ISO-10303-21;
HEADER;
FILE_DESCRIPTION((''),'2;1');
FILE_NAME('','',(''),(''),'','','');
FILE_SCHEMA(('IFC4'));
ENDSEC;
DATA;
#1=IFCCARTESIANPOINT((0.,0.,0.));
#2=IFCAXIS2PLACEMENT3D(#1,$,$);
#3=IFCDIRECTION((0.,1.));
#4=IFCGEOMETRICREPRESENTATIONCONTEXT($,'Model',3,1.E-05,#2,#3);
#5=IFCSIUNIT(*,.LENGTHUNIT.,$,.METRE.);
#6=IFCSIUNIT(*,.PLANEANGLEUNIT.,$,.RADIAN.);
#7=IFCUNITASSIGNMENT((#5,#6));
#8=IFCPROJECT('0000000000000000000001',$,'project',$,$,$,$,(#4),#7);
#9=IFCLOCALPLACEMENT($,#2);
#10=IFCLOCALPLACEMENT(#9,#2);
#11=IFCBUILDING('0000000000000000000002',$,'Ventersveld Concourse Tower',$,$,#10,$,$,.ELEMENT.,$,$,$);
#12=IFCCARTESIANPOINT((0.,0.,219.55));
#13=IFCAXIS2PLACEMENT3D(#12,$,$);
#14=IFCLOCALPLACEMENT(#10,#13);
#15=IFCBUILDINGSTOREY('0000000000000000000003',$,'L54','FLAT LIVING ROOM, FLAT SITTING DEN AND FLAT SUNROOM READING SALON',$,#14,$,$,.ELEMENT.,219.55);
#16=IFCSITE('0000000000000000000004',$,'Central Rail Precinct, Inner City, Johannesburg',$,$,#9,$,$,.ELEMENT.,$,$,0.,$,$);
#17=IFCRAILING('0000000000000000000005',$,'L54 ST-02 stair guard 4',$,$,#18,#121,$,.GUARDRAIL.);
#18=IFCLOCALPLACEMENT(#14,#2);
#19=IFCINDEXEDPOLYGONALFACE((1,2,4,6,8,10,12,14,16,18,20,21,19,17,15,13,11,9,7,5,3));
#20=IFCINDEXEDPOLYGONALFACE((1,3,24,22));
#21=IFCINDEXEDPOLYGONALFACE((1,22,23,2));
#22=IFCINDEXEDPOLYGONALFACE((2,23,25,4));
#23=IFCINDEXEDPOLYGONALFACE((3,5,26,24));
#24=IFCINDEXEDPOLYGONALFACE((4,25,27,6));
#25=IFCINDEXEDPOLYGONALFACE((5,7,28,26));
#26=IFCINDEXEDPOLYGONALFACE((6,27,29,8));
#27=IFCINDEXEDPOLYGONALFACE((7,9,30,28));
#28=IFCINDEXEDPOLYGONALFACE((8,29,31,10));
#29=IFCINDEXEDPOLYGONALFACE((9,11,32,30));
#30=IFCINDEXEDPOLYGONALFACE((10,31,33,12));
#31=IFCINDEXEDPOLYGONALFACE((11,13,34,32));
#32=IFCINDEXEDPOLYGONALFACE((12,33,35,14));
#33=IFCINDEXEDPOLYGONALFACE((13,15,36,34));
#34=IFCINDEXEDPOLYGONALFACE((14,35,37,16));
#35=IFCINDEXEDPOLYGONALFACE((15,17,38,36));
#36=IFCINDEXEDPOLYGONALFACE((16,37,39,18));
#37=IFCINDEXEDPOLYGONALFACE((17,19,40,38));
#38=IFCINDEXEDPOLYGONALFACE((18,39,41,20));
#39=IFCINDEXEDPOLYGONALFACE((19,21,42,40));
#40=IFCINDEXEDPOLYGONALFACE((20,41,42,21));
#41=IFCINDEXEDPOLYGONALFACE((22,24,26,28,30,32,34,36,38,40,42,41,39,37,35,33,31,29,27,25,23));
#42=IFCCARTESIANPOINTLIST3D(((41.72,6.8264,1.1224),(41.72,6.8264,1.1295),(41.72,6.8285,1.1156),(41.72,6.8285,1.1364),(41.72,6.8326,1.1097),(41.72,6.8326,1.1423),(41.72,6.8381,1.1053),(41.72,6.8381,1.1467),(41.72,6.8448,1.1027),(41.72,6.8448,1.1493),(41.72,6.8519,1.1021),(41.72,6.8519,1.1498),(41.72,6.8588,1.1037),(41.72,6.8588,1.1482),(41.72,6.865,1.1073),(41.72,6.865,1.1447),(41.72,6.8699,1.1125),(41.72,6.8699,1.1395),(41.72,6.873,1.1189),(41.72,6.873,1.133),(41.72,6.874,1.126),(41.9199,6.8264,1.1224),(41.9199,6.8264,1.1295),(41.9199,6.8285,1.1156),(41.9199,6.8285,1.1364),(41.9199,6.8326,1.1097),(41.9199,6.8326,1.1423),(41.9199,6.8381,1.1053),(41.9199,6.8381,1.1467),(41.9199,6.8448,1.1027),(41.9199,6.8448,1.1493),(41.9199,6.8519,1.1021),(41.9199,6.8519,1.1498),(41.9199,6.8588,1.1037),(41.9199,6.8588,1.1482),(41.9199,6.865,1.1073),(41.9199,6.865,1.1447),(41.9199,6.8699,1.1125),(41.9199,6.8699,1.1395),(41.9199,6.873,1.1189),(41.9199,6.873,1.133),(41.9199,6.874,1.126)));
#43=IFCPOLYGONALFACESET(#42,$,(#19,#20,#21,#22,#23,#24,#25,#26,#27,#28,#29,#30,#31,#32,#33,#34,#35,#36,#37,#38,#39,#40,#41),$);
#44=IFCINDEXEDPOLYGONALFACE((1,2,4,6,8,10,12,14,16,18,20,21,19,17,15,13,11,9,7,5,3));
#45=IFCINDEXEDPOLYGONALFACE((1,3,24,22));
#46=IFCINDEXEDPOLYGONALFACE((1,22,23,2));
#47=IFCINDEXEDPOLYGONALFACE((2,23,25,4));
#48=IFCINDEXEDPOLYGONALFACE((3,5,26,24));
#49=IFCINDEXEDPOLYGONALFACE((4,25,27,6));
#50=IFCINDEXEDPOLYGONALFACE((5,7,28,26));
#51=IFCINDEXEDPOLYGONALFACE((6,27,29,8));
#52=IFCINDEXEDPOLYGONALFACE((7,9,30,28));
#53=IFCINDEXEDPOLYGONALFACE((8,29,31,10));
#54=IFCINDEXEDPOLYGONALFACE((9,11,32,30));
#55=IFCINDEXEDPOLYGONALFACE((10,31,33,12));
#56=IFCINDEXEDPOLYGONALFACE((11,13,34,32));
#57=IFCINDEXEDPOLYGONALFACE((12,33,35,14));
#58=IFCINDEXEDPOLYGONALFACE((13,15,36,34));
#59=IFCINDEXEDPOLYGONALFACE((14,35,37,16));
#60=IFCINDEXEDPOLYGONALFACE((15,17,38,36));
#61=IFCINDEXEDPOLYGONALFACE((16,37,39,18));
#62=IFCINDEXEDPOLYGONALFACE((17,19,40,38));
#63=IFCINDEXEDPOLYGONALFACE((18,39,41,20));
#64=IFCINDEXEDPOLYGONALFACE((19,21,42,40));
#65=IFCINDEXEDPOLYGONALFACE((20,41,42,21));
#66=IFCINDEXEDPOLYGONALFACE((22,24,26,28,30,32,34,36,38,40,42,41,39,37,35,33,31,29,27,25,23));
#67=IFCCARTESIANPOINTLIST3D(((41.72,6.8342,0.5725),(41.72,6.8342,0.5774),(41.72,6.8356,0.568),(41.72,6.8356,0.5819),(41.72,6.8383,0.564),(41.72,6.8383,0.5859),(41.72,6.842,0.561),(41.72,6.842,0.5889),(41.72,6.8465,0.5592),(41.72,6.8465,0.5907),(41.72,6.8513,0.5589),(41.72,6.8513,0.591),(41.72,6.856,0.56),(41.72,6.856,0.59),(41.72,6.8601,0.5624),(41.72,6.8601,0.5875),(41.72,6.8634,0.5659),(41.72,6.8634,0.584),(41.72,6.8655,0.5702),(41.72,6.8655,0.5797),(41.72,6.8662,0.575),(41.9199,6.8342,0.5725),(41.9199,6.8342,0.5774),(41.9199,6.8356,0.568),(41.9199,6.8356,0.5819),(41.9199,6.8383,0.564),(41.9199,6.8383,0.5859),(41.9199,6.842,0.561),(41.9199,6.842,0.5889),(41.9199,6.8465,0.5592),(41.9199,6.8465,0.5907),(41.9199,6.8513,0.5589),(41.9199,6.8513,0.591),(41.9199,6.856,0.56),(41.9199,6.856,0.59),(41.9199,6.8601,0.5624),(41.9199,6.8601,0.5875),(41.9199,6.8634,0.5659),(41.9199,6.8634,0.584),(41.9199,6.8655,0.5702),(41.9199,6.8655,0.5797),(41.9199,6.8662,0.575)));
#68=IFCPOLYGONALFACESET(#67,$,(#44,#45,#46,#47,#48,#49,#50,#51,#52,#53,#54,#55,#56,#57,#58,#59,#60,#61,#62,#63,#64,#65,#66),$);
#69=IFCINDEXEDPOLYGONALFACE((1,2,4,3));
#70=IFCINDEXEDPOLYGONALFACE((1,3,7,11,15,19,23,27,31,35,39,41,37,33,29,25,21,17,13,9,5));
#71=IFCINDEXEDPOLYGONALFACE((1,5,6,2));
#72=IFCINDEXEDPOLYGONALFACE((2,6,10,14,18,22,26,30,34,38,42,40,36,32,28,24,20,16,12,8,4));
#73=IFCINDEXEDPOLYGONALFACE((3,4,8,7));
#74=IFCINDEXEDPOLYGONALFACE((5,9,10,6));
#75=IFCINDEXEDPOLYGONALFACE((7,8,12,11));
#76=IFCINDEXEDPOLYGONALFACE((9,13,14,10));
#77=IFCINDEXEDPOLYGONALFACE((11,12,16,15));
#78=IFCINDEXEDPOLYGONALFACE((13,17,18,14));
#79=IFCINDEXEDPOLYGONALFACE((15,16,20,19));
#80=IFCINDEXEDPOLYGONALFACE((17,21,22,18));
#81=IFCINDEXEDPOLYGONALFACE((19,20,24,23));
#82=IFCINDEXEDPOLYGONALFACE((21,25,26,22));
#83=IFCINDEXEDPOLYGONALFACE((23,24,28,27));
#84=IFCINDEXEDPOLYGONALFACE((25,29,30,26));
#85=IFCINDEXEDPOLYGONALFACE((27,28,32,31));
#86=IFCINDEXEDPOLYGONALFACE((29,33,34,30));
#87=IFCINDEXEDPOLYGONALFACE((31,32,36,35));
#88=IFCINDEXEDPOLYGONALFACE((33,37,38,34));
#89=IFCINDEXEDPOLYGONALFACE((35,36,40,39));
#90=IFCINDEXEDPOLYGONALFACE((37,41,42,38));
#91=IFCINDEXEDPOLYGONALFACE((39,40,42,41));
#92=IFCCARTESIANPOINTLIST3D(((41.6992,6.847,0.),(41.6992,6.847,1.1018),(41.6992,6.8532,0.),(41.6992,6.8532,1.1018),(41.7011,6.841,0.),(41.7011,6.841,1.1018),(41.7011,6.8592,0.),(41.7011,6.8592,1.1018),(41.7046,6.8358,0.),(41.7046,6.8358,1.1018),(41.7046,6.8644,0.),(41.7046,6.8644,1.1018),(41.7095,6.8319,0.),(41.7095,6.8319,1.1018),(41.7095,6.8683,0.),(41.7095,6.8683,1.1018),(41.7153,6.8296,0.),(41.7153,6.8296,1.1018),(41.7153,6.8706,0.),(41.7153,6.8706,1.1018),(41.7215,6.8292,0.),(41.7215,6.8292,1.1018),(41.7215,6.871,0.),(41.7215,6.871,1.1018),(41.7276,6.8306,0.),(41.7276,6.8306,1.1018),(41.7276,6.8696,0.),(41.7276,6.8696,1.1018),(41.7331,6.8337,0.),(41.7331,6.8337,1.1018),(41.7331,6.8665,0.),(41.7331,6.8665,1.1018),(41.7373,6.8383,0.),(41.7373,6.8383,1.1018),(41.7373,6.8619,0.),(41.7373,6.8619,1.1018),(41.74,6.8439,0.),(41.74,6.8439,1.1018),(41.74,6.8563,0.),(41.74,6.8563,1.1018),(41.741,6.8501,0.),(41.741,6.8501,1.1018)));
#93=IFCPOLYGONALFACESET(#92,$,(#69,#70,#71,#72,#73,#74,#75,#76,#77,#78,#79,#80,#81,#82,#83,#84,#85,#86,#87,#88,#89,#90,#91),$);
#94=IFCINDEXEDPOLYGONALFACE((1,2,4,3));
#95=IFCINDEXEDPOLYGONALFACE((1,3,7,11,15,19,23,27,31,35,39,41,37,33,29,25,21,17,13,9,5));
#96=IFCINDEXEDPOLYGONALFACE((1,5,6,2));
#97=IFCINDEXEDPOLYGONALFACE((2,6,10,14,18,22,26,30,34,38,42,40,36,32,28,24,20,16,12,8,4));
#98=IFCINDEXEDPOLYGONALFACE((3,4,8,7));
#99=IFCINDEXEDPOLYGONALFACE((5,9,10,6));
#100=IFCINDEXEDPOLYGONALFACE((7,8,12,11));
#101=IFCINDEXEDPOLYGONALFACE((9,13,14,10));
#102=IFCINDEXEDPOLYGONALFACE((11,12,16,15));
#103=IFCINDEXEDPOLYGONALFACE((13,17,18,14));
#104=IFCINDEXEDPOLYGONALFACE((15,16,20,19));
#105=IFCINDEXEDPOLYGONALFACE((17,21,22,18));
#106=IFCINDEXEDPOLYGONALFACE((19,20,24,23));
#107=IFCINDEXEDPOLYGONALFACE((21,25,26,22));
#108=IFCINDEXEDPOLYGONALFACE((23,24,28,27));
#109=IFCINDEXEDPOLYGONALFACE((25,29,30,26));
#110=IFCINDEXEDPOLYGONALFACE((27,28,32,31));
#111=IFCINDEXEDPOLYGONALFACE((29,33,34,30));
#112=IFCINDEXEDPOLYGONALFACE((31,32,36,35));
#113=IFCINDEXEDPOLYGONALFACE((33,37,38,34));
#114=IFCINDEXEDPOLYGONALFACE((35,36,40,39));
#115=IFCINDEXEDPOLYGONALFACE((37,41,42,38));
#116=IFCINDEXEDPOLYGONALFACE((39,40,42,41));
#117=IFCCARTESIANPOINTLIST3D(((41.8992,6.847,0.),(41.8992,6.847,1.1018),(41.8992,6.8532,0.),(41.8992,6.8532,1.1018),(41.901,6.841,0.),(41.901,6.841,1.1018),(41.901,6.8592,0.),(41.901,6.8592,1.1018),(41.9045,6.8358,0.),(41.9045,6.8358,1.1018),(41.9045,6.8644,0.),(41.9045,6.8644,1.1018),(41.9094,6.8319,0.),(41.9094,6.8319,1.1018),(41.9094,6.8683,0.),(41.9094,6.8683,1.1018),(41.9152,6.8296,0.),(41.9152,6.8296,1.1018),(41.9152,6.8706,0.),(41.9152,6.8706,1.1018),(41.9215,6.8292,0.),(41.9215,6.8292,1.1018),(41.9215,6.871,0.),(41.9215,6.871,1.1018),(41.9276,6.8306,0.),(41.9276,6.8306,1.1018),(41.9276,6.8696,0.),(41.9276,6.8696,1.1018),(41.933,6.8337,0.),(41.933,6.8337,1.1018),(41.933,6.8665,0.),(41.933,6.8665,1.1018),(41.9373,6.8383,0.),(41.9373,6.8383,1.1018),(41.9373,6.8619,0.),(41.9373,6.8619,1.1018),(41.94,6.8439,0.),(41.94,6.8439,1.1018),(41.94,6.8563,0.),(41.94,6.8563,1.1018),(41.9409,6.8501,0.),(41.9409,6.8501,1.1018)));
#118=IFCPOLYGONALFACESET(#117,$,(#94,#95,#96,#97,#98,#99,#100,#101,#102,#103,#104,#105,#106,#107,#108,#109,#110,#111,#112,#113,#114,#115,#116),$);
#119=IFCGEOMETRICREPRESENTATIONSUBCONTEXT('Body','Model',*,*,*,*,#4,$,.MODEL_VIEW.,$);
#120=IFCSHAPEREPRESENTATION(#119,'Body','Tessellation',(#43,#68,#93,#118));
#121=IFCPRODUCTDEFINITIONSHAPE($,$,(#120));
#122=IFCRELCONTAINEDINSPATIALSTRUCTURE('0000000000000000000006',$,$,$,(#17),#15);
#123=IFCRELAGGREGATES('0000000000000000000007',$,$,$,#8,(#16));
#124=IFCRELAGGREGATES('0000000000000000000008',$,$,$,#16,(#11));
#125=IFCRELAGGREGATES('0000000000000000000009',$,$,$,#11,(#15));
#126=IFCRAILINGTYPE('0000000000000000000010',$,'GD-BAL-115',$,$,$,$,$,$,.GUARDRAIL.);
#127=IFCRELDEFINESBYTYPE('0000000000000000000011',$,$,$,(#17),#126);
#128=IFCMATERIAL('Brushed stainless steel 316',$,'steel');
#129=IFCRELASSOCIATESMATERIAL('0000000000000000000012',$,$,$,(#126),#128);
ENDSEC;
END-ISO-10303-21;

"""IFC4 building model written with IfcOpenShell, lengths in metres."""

from ifc_helpers import new_model, si_unit, direction, frame, origin, origin_2d, place, context, subcontext, project, spatial, circle, extrude, material, type_object, element, save


model = new_model("IFC4")

# Units and contexts
model_context = context("Model", 3, precision=1e-05, world=origin(), true_north=direction((0.0, 1.0)))
body_context = subcontext(model_context, "Body", "Model", "MODEL_VIEW")
ifc_project = project(units=[si_unit("LENGTHUNIT", "METRE"), si_unit("PLANEANGLEUNIT", "RADIAN")], contexts=[model_context])

# Site, building, storey
site_placement = place(None, origin())
site = spatial("IfcSite", under=ifc_project, at=site_placement, Name="Central Rail Precinct, Inner City, Johannesburg", CompositionType="ELEMENT", RefElevation=0.0)
building_placement = place(site_placement, origin())
building = spatial("IfcBuilding", under=site, at=building_placement, Name="Ventersveld Concourse Tower", CompositionType="ELEMENT")
storey_placement = place(building_placement, frame((0.0, 0.0, 219.55)))
storey = spatial("IfcBuildingStorey", under=building, at=storey_placement, Name="L54", Description="FLAT LIVING ROOM, FLAT SITTING DEN AND FLAT SUNROOM READING SALON", CompositionType="ELEMENT", Elevation=219.55)

# Shared definitions
ifc_material_1 = material(Name="Brushed stainless steel 316", Category="steel")

# Railing
railing_type_1 = type_object("IfcRailingType", Name="GD-BAL-115", PredefinedType="GUARDRAIL", material=ifc_material_1)
railing_1_placement = place(storey_placement, frame((41.72, 6.8501, 0.0)))
element("IfcRailing", 1, at=railing_1_placement, inside=storey, type_object=railing_type_1, Name="L54 ST-02 stair guard 4", PredefinedType="GUARDRAIL", context=body_context, shape_type="SweptSolid", body=[
    extrude(circle(Radius=0.0239, at=origin_2d()), frame((0.0, 0.0, 1.126), z_axis=(1.0, 0.0, 0.0), x_axis=(0.0, 1.0, 0.0)), (0.0, 0.0, 1.0), 0.2),
    extrude(circle(Radius=0.0161, at=origin_2d()), frame((0.0, 0.0, 0.575), z_axis=(1.0, 0.0, 0.0), x_axis=(0.0, 1.0, 0.0)), (0.0, 0.0, 1.0), 0.2),
    extrude(circle(Radius=0.021, at=origin_2d()), origin(), (0.0, 0.0, 1.0), 1.1018),
    extrude(circle(Radius=0.021, at=origin_2d()), frame((0.2, 0.0, 0.0)), (0.0, 0.0, 1.0), 1.1018),
])

save(model, "model.ifc")
